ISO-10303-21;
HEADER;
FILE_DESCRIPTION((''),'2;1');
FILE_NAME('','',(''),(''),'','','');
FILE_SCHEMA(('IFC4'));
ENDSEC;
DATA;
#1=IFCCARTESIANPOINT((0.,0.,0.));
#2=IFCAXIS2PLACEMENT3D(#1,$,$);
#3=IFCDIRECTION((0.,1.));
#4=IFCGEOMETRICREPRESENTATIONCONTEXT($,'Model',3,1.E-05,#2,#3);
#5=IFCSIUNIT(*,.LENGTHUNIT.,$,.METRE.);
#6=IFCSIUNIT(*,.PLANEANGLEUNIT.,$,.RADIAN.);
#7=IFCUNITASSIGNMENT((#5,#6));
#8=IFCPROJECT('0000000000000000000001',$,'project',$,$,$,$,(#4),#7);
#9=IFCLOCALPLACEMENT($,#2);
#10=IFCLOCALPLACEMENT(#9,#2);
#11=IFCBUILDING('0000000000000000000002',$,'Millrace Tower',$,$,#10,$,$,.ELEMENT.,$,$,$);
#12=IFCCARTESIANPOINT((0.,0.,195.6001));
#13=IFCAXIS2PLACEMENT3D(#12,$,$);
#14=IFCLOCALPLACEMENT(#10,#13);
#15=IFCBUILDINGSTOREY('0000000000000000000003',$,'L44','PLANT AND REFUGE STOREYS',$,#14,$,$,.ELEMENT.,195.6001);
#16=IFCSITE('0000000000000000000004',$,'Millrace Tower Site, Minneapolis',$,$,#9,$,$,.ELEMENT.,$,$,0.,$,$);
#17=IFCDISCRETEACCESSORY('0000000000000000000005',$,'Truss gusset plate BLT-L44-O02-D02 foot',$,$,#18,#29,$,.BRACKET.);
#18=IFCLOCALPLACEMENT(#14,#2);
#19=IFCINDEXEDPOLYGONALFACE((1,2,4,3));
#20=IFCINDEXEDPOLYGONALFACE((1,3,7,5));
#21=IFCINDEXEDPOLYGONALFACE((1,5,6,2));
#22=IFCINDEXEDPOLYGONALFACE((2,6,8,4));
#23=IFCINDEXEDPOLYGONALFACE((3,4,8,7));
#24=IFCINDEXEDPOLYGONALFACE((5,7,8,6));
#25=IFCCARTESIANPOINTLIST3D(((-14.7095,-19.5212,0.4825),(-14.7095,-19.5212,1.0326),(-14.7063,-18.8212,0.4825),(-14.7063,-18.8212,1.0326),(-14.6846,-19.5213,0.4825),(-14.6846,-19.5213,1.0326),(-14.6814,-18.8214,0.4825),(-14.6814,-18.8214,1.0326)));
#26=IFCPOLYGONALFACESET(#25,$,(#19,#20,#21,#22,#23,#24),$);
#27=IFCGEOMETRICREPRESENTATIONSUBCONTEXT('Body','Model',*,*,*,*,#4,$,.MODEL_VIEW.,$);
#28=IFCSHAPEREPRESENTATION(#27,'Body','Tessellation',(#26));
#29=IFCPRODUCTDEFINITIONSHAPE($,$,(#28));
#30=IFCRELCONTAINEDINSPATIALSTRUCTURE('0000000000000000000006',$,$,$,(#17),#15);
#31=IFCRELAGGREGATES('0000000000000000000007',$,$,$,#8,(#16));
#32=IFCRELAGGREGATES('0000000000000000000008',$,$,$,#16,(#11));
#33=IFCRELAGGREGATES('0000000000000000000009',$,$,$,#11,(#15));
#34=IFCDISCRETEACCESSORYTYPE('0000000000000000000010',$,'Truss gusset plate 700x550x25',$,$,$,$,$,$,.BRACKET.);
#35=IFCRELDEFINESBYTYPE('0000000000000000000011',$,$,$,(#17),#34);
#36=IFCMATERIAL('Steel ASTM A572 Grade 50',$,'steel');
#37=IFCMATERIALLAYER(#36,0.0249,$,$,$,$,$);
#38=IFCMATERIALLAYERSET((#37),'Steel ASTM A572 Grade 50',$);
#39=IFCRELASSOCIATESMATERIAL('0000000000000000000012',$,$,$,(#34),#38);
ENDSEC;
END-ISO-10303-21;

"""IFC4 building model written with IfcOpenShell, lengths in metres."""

from ifc_helpers import new_model, si_unit, direction, frame, origin, origin_2d, place, context, subcontext, project, spatial, rectangle, extrude, material, layer, layer_set, type_object, element, save


model = new_model("IFC4")

# Units and contexts
model_context = context("Model", 3, precision=1e-05, world=origin(), true_north=direction((0.0, 1.0)))
body_context = subcontext(model_context, "Body", "Model", "MODEL_VIEW")
ifc_project = project(units=[si_unit("LENGTHUNIT", "METRE"), si_unit("PLANEANGLEUNIT", "RADIAN")], contexts=[model_context])

# Site, building, storey
site_placement = place(None, origin())
site = spatial("IfcSite", under=ifc_project, at=site_placement, Name="Millrace Tower Site, Minneapolis", CompositionType="ELEMENT", RefElevation=0.0)
building_placement = place(site_placement, origin())
building = spatial("IfcBuilding", under=site, at=building_placement, Name="Millrace Tower", CompositionType="ELEMENT")
storey_placement = place(building_placement, frame((0.0, 0.0, 195.6001)))
storey = spatial("IfcBuildingStorey", under=building, at=storey_placement, Name="L44", Description="PLANT AND REFUGE STOREYS", CompositionType="ELEMENT", Elevation=195.6001)

# Discrete accessory
ifc_material_1 = material(Name="Steel ASTM A572 Grade 50", Category="steel")
ifc_layer_1 = layer(ifc_material_1, 0.0249)
ifc_layer_set_1 = layer_set([ifc_layer_1], Name="Steel ASTM A572 Grade 50")
discrete_accessory_type = type_object("IfcDiscreteAccessoryType", Name="Truss gusset plate 700x550x25", PredefinedType="BRACKET", material=ifc_layer_set_1)
discrete_accessory_1_placement = place(storey_placement, frame((-14.697, -19.5212, 0.7576), z_axis=(0.004534, 0.99999, 0.0), x_axis=(-0.99999, 0.004534, 0.0)))
element("IfcDiscreteAccessory", 1, at=discrete_accessory_1_placement, inside=storey, type_object=discrete_accessory_type, Name="Truss gusset plate BLT-L44-O02-D02 foot", PredefinedType="BRACKET", context=body_context, shape_type="SweptSolid", body=[
    extrude(rectangle(XDim=0.0249, YDim=0.55, at=origin_2d()), origin(), (0.0, 0.0, 1.0), 0.7),
])

save(model, "model.ifc")
